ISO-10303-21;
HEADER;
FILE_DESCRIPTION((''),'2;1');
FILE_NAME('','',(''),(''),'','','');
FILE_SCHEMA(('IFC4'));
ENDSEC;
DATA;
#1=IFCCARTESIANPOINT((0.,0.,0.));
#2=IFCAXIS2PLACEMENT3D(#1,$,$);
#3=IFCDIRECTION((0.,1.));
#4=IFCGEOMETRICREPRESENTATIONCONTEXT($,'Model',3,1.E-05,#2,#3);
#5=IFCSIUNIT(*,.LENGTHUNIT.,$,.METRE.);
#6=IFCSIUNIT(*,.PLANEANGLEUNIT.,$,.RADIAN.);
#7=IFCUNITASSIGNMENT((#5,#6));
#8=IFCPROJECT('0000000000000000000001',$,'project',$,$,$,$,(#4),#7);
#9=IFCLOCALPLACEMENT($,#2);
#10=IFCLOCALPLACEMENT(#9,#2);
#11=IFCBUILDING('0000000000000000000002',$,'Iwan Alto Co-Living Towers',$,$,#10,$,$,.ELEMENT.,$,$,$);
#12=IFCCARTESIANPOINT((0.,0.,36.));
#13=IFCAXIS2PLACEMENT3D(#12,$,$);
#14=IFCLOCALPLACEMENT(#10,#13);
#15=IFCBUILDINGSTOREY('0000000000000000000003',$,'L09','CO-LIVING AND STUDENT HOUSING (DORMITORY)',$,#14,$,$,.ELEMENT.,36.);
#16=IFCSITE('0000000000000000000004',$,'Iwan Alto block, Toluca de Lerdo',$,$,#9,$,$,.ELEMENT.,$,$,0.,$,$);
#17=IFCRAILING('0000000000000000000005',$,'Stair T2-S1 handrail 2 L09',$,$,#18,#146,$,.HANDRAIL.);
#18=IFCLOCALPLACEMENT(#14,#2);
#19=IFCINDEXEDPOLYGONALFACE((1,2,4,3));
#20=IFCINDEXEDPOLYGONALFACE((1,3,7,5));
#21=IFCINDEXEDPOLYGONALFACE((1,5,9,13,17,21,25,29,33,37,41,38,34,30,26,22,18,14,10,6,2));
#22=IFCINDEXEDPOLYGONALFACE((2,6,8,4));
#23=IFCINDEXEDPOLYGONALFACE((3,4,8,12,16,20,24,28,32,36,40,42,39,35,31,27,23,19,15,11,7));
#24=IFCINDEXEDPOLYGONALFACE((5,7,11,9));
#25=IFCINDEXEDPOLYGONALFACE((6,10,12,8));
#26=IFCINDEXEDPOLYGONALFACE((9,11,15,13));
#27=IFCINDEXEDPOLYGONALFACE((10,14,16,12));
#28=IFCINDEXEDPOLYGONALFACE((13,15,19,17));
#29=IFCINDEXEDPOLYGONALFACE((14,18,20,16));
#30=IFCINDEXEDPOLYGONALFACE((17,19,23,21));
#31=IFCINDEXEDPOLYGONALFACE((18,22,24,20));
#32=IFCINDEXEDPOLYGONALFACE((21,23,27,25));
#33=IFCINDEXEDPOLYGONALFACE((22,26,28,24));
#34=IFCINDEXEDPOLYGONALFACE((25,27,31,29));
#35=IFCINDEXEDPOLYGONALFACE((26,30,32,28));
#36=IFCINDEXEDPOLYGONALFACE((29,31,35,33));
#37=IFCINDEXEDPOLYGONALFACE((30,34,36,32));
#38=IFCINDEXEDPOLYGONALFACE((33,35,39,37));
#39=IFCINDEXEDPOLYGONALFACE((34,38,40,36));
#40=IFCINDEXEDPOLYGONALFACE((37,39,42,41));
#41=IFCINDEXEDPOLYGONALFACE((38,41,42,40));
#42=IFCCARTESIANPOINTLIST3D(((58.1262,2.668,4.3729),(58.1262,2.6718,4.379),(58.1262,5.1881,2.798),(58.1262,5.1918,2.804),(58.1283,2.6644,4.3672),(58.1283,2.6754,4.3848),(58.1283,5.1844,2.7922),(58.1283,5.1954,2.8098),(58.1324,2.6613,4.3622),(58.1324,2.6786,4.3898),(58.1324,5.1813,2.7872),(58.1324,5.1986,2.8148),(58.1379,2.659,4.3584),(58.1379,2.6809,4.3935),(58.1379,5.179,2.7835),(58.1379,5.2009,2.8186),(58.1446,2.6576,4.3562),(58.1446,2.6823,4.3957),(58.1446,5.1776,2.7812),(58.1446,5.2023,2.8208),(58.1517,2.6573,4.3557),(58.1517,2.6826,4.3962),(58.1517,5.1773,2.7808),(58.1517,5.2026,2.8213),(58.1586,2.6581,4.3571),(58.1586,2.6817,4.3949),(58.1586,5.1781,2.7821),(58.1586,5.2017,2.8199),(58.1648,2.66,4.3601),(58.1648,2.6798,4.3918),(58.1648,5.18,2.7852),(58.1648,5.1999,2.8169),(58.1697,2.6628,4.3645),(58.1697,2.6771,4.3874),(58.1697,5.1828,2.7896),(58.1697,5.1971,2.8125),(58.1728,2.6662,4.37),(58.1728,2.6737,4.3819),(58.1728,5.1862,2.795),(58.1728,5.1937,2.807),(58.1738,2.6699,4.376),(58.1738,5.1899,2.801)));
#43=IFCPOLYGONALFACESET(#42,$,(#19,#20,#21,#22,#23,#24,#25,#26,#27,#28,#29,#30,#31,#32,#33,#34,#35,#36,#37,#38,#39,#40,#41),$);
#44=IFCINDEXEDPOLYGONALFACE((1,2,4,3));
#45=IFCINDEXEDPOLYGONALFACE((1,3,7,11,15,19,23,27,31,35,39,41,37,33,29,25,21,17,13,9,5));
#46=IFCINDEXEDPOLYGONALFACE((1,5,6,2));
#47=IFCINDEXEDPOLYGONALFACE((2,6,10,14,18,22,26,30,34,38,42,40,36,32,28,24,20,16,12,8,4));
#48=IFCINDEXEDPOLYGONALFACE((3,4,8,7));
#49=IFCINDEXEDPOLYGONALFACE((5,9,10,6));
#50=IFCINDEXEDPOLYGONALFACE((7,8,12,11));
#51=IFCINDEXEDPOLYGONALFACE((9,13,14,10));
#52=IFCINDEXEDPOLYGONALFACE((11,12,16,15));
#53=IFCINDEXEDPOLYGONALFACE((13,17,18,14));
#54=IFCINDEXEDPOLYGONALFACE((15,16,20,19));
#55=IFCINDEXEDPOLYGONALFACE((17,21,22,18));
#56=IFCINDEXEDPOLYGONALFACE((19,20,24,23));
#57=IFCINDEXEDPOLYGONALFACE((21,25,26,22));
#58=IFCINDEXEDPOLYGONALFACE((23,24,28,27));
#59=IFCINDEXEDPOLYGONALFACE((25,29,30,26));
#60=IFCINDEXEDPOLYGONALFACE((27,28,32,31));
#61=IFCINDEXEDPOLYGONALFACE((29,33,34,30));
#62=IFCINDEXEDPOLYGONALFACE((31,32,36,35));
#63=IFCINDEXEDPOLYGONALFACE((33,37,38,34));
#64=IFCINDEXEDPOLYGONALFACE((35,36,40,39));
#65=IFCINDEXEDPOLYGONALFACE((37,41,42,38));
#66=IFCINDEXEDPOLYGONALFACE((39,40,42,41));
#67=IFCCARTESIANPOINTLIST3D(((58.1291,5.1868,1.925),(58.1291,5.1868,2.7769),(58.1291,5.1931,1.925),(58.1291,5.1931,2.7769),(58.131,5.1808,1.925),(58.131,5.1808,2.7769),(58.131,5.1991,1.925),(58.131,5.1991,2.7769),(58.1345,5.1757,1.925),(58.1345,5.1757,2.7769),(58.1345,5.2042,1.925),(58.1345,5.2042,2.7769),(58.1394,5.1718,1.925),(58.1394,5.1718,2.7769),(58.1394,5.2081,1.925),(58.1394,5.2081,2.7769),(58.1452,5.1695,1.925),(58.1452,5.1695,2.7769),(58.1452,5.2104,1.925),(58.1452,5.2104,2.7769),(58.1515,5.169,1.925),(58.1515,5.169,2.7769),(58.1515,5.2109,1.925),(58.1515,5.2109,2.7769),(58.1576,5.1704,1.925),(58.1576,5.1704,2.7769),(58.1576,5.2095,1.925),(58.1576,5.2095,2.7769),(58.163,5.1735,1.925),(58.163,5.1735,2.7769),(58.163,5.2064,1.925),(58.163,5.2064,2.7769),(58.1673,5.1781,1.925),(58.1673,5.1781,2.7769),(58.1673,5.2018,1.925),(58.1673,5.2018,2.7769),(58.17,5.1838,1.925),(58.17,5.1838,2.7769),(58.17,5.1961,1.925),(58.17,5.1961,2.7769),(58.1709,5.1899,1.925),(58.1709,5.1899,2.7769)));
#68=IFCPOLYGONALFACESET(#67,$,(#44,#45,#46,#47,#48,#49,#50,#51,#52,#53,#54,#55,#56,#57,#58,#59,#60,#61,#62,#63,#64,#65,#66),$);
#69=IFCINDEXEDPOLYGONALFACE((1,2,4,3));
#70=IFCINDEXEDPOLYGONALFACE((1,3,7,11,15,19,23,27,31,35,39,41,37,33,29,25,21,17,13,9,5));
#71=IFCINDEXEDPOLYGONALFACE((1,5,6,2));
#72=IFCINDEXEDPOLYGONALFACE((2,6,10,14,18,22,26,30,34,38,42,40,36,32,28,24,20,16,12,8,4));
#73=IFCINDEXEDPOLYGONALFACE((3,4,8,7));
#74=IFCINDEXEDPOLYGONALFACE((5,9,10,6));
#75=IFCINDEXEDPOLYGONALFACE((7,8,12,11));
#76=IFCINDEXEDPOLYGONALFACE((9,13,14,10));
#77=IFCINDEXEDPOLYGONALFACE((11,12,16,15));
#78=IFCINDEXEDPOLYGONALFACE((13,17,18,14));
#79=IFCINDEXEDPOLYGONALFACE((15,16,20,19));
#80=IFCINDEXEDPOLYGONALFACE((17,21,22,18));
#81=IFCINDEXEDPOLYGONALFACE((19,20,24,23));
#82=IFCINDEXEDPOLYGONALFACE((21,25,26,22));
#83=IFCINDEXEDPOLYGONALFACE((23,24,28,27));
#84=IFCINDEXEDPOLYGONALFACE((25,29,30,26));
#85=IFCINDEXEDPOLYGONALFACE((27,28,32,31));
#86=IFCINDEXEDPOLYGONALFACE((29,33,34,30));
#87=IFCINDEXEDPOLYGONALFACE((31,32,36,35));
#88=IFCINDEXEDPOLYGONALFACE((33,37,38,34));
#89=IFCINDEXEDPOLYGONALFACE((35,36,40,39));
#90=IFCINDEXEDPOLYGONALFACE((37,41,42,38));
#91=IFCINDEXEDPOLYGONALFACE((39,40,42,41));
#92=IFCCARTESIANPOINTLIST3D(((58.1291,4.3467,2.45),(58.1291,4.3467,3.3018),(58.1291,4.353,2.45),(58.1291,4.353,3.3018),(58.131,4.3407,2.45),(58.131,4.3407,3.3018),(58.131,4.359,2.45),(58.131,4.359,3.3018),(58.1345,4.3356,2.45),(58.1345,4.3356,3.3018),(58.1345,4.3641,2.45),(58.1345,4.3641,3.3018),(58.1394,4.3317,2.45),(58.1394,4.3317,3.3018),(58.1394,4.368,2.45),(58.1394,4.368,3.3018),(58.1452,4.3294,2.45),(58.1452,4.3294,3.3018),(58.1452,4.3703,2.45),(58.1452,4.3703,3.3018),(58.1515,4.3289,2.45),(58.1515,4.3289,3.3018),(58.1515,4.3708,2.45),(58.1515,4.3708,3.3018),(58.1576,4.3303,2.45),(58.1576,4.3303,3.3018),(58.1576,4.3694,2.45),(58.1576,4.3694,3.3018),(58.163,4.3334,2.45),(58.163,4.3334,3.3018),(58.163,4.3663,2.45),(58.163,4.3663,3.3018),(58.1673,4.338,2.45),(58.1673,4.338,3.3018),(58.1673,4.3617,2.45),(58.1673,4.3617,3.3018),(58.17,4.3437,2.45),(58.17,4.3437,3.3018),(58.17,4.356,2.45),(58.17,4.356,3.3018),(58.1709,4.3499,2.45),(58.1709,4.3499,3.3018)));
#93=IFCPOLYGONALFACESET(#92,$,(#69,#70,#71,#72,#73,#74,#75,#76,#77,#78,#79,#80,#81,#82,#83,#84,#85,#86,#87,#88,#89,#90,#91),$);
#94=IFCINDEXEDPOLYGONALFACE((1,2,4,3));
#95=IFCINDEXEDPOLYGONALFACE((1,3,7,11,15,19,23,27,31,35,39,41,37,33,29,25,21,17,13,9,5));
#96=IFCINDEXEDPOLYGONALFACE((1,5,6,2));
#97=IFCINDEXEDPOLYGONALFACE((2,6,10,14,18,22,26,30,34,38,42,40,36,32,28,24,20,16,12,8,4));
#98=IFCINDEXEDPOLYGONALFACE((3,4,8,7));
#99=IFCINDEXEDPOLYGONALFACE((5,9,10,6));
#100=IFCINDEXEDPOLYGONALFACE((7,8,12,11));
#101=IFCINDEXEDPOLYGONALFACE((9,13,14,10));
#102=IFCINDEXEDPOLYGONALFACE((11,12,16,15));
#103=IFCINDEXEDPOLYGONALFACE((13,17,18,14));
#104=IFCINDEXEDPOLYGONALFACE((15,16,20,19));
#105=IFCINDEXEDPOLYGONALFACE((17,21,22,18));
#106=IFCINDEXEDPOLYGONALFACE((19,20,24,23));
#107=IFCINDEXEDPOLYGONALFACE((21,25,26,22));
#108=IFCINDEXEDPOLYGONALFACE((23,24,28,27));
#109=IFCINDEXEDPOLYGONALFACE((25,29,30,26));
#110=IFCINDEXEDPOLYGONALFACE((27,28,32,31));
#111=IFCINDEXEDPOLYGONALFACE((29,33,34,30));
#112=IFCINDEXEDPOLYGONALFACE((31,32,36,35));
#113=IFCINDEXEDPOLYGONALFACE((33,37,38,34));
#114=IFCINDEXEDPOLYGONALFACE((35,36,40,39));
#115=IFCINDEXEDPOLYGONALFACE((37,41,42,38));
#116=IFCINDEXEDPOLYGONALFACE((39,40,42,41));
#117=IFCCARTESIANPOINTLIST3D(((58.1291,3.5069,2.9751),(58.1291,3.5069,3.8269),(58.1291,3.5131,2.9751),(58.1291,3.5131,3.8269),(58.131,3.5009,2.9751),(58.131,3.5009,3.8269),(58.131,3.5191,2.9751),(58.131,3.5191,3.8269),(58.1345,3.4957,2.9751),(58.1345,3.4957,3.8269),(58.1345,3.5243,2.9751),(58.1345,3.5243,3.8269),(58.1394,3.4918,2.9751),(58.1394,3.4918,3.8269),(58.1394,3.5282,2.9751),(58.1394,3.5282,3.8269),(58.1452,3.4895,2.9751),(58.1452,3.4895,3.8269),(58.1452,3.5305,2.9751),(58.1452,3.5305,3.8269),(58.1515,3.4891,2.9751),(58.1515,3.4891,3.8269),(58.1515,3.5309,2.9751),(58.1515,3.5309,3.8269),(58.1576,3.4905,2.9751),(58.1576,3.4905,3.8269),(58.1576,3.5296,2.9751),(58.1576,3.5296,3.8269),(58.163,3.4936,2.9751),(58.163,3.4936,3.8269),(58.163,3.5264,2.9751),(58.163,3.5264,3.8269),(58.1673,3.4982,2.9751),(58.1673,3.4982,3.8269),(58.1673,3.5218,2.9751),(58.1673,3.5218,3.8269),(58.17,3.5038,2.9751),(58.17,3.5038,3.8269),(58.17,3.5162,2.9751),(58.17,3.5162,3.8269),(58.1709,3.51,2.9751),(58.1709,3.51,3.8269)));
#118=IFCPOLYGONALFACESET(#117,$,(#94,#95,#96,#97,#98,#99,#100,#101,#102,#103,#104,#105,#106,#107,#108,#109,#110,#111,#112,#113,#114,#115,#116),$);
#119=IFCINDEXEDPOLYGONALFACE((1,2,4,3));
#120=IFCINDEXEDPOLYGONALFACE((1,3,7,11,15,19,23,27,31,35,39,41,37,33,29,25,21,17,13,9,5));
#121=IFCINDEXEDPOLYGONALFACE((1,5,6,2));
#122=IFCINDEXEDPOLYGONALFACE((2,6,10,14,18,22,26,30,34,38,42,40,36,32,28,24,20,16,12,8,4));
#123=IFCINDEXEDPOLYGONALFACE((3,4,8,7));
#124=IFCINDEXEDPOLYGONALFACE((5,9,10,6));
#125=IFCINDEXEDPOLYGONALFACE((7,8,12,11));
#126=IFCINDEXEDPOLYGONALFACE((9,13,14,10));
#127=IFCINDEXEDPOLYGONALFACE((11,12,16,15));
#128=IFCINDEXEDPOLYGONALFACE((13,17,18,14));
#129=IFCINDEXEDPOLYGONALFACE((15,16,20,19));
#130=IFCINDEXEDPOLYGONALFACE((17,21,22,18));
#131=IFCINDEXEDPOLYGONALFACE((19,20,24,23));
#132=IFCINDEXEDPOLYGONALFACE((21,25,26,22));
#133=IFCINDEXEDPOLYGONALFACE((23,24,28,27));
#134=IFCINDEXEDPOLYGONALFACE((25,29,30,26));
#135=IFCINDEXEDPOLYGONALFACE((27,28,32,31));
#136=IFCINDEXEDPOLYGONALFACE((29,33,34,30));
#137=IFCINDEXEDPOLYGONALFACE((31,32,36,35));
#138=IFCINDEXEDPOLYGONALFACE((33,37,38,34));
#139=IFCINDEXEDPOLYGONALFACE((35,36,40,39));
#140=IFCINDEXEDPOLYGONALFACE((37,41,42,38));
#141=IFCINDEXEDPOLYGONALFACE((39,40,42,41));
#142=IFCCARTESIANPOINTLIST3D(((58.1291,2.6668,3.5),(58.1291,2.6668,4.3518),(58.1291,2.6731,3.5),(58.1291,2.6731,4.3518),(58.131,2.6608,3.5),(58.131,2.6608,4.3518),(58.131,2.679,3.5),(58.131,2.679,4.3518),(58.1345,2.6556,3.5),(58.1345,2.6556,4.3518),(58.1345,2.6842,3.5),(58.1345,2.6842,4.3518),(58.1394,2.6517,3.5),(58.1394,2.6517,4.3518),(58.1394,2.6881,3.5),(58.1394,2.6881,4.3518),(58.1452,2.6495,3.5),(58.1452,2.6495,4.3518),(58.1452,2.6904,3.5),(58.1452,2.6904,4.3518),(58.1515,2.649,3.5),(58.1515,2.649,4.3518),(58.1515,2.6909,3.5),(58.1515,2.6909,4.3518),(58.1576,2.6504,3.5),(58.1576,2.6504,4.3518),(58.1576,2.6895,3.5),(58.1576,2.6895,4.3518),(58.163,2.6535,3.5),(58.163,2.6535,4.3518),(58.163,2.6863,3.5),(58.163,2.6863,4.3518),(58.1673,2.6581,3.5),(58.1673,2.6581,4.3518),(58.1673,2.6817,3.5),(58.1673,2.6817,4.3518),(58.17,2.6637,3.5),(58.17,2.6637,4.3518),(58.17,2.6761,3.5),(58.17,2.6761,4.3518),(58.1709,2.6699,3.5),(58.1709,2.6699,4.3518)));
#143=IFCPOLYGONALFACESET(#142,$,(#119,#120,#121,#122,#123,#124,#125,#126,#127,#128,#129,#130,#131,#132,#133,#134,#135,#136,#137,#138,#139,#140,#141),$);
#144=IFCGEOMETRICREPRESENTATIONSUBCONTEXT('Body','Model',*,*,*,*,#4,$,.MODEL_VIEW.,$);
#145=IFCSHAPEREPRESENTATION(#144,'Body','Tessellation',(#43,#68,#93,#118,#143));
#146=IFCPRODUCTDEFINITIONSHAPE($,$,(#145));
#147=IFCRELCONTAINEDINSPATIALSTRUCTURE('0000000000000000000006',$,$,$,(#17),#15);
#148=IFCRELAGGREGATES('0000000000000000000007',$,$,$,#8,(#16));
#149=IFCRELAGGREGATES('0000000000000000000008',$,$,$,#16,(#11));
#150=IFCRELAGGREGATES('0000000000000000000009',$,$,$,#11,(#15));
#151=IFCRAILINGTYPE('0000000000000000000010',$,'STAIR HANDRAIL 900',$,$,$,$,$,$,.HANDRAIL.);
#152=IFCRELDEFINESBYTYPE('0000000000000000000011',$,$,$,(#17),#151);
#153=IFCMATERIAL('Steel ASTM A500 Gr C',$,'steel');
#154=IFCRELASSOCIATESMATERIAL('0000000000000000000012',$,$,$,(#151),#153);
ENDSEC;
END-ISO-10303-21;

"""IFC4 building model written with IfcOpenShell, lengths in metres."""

from ifc_helpers import new_model, si_unit, direction, frame, origin, origin_2d, place, context, subcontext, project, spatial, circle, extrude, material, type_object, element, save


model = new_model("IFC4")

# Units and contexts
model_context = context("Model", 3, precision=1e-05, world=origin(), true_north=direction((0.0, 1.0)))
body_context = subcontext(model_context, "Body", "Model", "MODEL_VIEW")
ifc_project = project(units=[si_unit("LENGTHUNIT", "METRE"), si_unit("PLANEANGLEUNIT", "RADIAN")], contexts=[model_context])

# Site, building, storey
site_placement = place(None, origin())
site = spatial("IfcSite", under=ifc_project, at=site_placement, Name="Iwan Alto block, Toluca de Lerdo", CompositionType="ELEMENT", RefElevation=0.0)
building_placement = place(site_placement, origin())
building = spatial("IfcBuilding", under=site, at=building_placement, Name="Iwan Alto Co-Living Towers", CompositionType="ELEMENT")
storey_placement = place(building_placement, frame((0.0, 0.0, 36.0)))
storey = spatial("IfcBuildingStorey", under=building, at=storey_placement, Name="L09", Description="CO-LIVING AND STUDENT HOUSING (DORMITORY)", CompositionType="ELEMENT", Elevation=36.0)

# Railing
ifc_material_1 = material(Name="Steel ASTM A500 Gr C", Category="steel")
railing_type_1 = type_object("IfcRailingType", Name="STAIR HANDRAIL 900", PredefinedType="HANDRAIL", material=ifc_material_1)
railing_1_placement = place(storey_placement, frame((58.1499, 5.1899, 1.925)))
element("IfcRailing", 1, at=railing_1_placement, inside=storey, type_object=railing_type_1, Name="Stair T2-S1 handrail 2 L09", PredefinedType="HANDRAIL", context=body_context, shape_type="SweptSolid", body=[
    extrude(circle(Radius=0.0239, at=origin_2d()), frame((0.0, 0.0, 0.876), z_axis=(0.0, -0.848008, 0.529984), x_axis=(1.0, 0.0, 0.0)), (0.0, 0.0, 1.0), 2.9717),
    extrude(circle(Radius=0.021, at=origin_2d()), origin(), (0.0, 0.0, 1.0), 0.8518),
    extrude(circle(Radius=0.021, at=origin_2d()), frame((0.0, -0.8401, 0.5249)), (0.0, 0.0, 1.0), 0.8518),
    extrude(circle(Radius=0.021, at=origin_2d()), frame((0.0, -1.6799, 1.05)), (0.0, 0.0, 1.0), 0.8518),
    extrude(circle(Radius=0.021, at=origin_2d()), frame((0.0, -2.52, 1.575)), (0.0, 0.0, 1.0), 0.8518),
])

save(model, "model.ifc")
